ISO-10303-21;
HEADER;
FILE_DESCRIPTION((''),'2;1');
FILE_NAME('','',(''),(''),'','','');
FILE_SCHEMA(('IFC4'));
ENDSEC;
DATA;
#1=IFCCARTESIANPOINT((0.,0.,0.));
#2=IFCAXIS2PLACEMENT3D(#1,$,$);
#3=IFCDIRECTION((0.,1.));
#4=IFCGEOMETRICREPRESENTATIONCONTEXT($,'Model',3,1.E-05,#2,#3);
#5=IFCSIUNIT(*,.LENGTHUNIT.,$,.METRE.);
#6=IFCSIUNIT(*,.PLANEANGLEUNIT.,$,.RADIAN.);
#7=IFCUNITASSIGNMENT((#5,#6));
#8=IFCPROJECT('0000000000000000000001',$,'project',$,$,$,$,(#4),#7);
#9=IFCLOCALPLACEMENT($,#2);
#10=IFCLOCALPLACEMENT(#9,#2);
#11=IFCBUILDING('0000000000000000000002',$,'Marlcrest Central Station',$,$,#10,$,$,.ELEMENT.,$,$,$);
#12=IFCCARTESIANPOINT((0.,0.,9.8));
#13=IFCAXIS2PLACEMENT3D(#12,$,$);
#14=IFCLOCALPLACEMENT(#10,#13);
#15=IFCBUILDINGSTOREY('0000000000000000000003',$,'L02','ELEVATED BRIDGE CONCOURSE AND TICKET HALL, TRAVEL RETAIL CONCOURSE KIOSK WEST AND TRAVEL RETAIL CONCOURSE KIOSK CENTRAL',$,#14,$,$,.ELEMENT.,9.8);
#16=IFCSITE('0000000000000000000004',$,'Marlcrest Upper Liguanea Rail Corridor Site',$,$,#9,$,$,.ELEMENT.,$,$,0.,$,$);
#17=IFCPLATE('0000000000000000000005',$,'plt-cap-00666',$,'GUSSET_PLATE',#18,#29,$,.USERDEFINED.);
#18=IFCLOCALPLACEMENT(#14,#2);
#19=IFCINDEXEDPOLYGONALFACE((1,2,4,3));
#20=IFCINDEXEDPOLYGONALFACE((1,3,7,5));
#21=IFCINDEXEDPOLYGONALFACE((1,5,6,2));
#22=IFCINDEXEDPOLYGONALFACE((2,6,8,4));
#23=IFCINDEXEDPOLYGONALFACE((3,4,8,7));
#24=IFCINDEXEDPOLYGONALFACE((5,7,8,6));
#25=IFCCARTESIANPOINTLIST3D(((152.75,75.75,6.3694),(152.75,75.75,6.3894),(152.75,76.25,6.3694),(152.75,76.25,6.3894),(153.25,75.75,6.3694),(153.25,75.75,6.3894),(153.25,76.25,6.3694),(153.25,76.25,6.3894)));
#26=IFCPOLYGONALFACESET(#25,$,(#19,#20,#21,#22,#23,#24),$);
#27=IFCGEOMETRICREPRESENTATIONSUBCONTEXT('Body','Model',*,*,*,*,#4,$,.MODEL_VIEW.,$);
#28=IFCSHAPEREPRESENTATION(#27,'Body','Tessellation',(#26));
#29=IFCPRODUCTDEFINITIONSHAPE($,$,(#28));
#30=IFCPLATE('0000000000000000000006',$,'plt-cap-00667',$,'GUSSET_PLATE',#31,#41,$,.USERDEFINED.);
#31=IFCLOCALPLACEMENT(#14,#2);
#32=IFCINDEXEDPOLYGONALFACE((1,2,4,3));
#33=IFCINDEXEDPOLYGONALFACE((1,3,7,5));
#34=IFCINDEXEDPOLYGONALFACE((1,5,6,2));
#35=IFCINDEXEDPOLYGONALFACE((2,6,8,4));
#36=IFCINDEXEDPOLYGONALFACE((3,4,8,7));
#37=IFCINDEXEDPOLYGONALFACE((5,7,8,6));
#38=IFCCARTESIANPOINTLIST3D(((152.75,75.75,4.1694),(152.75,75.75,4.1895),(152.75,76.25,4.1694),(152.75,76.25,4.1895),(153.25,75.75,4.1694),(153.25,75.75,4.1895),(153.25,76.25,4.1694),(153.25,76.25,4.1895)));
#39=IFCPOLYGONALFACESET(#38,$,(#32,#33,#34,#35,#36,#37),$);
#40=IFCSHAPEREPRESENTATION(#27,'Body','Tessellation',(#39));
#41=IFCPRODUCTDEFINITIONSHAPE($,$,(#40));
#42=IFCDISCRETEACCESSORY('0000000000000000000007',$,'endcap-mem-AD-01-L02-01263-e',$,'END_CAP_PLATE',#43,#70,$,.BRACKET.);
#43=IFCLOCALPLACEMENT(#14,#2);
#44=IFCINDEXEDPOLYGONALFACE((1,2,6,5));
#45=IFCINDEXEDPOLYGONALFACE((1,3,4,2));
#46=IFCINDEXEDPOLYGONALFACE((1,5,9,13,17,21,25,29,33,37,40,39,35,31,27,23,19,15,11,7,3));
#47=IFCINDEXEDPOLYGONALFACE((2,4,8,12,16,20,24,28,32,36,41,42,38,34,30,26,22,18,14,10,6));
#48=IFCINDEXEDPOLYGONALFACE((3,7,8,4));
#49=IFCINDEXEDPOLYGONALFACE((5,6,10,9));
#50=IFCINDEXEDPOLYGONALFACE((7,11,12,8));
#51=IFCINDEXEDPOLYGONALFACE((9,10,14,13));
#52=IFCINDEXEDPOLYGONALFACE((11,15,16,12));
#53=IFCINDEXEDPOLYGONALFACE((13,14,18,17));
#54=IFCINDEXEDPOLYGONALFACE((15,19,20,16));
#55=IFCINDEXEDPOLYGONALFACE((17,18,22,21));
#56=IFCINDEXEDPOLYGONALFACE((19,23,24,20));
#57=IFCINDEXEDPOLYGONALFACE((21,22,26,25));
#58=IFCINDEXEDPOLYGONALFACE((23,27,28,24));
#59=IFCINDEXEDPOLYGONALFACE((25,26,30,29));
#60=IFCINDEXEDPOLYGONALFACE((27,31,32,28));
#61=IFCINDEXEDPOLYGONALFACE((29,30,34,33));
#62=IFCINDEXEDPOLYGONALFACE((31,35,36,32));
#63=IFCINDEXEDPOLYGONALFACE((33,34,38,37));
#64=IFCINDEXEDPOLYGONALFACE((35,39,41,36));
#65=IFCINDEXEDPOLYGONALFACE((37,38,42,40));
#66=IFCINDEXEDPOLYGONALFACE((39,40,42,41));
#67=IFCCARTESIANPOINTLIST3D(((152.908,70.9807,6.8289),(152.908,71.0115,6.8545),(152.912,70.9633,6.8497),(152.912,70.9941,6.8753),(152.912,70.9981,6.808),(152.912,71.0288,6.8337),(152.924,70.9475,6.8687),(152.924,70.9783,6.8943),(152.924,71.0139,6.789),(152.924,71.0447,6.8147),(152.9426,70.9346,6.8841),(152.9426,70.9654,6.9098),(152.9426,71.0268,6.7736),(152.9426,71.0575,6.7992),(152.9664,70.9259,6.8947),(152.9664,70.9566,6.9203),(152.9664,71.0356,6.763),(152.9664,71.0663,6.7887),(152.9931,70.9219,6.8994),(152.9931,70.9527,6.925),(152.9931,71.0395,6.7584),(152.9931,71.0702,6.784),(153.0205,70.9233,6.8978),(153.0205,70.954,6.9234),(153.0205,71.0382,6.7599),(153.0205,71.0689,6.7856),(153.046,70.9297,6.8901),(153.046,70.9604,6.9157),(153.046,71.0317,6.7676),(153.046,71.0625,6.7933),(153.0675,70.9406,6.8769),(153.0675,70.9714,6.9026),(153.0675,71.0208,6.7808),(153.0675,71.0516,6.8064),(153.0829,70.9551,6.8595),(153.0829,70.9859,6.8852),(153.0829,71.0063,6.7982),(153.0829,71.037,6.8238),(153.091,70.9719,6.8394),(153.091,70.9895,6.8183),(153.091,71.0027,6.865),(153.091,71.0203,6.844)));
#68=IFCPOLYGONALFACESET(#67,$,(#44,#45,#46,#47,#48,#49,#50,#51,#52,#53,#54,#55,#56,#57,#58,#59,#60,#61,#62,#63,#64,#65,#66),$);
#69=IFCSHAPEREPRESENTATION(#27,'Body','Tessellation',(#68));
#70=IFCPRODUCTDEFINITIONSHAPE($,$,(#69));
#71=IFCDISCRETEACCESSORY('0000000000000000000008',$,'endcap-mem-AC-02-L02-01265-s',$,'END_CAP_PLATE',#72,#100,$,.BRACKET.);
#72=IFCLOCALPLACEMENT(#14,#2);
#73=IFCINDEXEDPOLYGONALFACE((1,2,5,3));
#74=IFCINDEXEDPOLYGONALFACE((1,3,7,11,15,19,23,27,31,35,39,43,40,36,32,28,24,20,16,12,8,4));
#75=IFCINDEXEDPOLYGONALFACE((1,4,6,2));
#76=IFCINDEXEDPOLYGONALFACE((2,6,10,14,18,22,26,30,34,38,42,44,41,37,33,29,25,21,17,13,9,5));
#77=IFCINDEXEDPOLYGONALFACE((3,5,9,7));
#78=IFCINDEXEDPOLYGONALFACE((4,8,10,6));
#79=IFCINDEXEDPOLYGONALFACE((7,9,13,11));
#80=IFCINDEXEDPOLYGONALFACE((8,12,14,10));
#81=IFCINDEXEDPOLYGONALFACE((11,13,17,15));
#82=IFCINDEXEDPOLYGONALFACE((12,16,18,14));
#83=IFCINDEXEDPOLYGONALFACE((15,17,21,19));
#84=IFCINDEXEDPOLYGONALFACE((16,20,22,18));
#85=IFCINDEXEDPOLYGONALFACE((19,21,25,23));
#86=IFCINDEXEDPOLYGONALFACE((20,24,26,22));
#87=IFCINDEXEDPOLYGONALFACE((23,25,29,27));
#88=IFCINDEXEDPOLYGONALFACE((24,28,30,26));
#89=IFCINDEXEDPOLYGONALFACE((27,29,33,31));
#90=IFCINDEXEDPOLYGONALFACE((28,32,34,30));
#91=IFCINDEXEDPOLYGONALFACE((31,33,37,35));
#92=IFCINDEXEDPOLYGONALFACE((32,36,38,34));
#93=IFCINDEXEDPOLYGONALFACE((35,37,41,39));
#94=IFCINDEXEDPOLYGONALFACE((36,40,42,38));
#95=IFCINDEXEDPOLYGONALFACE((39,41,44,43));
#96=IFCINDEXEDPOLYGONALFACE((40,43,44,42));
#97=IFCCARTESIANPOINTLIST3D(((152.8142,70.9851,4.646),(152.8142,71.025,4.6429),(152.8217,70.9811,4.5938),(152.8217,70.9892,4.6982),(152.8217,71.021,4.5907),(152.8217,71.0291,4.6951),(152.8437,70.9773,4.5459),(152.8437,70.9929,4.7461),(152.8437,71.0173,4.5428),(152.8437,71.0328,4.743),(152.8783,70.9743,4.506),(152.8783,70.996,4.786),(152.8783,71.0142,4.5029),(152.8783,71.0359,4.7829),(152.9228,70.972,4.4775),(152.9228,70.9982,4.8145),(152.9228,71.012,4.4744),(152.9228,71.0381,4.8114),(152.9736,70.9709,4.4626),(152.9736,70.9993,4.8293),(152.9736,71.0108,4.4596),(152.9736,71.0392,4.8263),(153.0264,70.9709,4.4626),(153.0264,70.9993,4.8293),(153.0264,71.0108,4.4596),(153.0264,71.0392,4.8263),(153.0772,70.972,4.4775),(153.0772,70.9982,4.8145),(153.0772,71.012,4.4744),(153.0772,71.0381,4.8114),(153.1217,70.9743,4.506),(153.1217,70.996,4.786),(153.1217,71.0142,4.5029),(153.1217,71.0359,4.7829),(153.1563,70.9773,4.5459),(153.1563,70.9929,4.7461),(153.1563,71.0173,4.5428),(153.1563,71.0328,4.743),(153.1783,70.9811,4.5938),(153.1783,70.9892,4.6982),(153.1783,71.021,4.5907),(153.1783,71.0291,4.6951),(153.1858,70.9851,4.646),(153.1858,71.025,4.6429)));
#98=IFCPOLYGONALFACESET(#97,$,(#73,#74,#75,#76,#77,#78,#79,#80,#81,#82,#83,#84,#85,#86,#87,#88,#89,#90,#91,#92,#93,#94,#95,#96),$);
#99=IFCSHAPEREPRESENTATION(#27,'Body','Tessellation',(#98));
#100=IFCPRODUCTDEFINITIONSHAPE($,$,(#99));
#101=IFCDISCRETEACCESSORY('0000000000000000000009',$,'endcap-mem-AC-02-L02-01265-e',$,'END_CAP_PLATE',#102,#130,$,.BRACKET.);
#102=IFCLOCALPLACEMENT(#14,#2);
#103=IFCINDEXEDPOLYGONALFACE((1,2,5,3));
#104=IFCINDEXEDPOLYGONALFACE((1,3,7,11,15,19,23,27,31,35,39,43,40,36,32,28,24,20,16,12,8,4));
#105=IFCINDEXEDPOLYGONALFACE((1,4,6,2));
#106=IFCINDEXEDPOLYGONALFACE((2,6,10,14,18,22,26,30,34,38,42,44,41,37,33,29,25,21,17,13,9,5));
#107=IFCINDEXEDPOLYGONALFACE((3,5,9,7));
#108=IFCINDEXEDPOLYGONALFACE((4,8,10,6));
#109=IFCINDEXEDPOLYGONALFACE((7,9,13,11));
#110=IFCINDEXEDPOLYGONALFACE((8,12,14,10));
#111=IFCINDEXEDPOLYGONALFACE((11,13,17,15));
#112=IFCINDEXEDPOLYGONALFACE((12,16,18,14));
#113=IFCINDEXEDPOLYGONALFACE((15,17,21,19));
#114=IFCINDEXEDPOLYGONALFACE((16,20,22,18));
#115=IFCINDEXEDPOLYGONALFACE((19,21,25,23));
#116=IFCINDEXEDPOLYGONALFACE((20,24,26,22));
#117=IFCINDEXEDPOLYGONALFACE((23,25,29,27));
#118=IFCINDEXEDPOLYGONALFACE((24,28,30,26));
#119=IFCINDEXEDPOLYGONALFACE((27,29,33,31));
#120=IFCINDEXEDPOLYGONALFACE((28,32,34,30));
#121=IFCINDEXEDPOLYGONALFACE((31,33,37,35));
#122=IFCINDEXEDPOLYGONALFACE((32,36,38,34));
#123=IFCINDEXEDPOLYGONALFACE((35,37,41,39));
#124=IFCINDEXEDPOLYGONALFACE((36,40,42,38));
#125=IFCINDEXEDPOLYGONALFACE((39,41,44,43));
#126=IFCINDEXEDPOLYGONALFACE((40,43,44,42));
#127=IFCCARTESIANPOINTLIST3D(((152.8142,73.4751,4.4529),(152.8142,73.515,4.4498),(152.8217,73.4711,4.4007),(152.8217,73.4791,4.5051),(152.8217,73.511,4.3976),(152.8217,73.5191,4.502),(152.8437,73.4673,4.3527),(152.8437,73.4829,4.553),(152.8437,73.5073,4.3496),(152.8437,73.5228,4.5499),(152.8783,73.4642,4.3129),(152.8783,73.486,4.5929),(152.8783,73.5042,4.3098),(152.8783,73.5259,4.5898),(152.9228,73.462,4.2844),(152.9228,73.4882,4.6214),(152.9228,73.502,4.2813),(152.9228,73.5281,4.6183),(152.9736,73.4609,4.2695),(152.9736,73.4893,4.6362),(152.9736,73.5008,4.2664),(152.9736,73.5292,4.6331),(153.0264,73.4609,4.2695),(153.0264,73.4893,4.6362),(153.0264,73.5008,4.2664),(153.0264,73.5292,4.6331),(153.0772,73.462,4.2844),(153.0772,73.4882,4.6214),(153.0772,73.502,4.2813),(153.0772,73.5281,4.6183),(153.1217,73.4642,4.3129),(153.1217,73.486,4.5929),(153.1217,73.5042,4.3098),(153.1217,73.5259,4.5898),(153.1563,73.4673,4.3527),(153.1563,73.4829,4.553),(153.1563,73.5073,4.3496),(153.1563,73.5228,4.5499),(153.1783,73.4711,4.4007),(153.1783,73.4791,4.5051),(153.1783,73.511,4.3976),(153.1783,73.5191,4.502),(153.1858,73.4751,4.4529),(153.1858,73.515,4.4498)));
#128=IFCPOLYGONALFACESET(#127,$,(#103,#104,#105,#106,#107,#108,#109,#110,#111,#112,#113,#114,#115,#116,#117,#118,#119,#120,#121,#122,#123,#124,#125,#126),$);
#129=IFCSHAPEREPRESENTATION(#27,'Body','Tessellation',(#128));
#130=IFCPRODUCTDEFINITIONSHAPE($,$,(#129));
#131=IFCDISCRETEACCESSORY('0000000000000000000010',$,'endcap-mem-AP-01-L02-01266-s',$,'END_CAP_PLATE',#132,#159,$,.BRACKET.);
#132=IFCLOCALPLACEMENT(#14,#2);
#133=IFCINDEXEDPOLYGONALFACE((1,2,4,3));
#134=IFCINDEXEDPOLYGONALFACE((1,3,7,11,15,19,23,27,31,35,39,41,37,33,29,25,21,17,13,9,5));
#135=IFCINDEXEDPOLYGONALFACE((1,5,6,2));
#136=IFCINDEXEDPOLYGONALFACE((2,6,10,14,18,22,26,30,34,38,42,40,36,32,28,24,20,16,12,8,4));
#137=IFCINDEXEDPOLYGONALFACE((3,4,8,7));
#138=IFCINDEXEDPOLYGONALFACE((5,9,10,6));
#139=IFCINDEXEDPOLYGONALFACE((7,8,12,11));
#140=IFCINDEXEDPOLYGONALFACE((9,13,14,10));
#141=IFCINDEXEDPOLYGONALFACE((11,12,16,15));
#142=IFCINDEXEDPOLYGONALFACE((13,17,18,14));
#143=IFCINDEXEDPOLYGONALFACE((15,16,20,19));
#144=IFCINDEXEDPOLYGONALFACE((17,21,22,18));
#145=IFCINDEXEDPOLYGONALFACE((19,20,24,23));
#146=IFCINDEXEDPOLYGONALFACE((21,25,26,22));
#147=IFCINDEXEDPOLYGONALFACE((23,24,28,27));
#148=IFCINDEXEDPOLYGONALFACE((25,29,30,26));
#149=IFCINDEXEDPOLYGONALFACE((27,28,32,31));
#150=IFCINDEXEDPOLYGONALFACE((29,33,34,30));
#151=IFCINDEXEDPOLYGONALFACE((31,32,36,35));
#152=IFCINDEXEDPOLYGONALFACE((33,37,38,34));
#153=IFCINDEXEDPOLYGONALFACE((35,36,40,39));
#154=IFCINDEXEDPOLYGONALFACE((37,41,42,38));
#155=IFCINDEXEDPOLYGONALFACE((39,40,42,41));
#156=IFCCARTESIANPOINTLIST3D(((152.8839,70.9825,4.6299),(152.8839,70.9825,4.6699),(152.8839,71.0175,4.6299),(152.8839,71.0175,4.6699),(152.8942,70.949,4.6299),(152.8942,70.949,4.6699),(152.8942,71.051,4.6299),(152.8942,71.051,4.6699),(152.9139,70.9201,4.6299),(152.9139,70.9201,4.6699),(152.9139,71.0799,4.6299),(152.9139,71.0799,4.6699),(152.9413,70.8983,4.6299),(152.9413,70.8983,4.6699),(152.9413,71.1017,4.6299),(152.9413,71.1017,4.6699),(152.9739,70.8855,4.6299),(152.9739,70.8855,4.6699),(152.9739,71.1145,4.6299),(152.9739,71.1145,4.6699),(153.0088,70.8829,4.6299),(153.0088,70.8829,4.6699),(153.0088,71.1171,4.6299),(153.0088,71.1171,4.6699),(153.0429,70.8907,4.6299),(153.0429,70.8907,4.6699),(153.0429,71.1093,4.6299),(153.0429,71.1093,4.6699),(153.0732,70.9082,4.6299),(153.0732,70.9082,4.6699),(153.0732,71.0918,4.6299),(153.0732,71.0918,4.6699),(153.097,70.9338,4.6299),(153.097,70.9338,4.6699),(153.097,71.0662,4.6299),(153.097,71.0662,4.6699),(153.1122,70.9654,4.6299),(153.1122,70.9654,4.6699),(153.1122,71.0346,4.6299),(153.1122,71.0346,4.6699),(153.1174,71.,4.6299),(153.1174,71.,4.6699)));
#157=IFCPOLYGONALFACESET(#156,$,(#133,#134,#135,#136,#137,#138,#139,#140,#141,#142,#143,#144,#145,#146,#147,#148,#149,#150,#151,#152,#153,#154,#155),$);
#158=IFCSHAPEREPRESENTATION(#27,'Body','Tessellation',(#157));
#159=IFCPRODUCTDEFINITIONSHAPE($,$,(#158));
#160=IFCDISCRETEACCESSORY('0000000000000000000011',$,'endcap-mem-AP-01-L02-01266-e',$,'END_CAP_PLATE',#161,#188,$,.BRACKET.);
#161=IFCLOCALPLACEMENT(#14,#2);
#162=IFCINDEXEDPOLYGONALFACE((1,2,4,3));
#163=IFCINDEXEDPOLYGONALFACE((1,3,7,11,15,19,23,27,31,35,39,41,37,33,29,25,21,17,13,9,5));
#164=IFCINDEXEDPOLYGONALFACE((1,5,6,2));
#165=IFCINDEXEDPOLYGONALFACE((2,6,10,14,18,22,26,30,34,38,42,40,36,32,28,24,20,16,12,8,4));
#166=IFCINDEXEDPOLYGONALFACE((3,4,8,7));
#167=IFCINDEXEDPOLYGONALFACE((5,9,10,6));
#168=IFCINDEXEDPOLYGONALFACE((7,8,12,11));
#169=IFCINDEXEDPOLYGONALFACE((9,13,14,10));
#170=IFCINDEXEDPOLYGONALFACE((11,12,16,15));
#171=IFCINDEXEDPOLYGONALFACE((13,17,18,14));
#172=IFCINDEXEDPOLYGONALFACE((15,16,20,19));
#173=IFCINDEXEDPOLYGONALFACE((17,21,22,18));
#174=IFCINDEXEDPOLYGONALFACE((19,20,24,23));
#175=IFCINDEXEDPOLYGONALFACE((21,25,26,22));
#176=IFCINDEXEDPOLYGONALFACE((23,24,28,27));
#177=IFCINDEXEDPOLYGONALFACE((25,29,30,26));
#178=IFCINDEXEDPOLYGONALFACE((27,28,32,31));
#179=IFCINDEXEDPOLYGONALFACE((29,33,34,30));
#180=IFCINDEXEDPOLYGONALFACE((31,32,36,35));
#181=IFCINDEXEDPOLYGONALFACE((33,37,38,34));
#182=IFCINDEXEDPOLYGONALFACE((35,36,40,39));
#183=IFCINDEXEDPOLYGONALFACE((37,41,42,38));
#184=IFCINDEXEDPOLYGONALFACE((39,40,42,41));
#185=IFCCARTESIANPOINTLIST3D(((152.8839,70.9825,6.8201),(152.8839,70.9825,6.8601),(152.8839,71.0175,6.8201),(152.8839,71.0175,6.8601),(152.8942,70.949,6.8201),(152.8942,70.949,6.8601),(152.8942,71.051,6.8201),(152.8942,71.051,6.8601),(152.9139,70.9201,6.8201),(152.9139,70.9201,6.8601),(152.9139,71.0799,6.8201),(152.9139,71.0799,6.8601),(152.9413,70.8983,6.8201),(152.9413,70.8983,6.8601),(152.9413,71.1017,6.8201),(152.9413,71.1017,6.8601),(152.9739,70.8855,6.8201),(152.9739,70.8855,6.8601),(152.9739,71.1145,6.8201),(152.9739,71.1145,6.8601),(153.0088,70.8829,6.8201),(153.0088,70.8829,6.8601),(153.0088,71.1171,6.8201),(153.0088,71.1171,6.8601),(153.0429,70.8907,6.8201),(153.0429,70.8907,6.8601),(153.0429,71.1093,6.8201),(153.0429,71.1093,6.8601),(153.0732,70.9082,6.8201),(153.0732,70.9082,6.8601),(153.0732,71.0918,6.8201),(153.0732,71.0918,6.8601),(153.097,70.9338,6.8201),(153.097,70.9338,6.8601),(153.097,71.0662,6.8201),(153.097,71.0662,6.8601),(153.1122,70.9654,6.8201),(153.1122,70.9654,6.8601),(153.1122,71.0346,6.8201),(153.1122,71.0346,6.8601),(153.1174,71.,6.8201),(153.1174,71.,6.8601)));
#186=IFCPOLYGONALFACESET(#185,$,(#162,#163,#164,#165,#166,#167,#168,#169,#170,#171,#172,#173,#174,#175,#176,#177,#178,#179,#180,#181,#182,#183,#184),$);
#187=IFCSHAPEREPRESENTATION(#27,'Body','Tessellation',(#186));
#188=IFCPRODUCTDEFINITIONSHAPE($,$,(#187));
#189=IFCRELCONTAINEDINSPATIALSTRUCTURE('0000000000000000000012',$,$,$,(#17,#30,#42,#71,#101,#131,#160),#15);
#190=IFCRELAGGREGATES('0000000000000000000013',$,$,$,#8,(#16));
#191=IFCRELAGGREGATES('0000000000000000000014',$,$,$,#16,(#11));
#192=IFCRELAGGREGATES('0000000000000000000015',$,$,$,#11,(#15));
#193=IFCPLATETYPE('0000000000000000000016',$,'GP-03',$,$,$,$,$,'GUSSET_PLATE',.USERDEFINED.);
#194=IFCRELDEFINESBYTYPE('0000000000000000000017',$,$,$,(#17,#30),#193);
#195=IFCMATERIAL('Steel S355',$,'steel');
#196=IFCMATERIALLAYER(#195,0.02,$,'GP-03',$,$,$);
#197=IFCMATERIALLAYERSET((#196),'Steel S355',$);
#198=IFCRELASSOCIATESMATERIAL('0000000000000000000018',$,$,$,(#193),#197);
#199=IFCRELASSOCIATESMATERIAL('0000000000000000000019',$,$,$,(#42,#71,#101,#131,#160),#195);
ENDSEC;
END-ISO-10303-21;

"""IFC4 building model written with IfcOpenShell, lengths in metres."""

from ifc_helpers import new_model, si_unit, direction, frame, origin, origin_2d, place, context, subcontext, project, spatial, rectangle, circle, extrude, material, layer, layer_set, type_object, element, save


model = new_model("IFC4")

# Units and contexts
model_context = context("Model", 3, precision=1e-05, world=origin(), true_north=direction((0.0, 1.0)))
body_context = subcontext(model_context, "Body", "Model", "MODEL_VIEW")
ifc_project = project(units=[si_unit("LENGTHUNIT", "METRE"), si_unit("PLANEANGLEUNIT", "RADIAN")], contexts=[model_context])

# Site, building, storey
site_placement = place(None, origin())
site = spatial("IfcSite", under=ifc_project, at=site_placement, Name="Marlcrest Upper Liguanea Rail Corridor Site", CompositionType="ELEMENT", RefElevation=0.0)
building_placement = place(site_placement, origin())
building = spatial("IfcBuilding", under=site, at=building_placement, Name="Marlcrest Central Station", CompositionType="ELEMENT")
storey_placement = place(building_placement, frame((0.0, 0.0, 9.8)))
storey = spatial("IfcBuildingStorey", under=building, at=storey_placement, Name="L02", Description="ELEVATED BRIDGE CONCOURSE AND TICKET HALL, TRAVEL RETAIL CONCOURSE KIOSK WEST AND TRAVEL RETAIL CONCOURSE KIOSK CENTRAL", CompositionType="ELEMENT", Elevation=9.8)

# Shared definitions
ifc_material = material(Name="Steel S355", Category="steel")

# Plates
ifc_layer = layer(ifc_material, 0.02, Name="GP-03")
ifc_layer_set = layer_set([ifc_layer], Name="Steel S355")
plate_type = type_object("IfcPlateType", Name="GP-03", ElementType="GUSSET_PLATE", PredefinedType="USERDEFINED", material=ifc_layer_set)
for number, where, z_axis, x_axis, name in (
    (1, (153.0, 76.0, 6.3694), (0.0, 0.0, 1.0), (1.0, 0.0, 0.0), "plt-cap-00666"),
    (2, (153.0, 76.0, 4.1694), (0.0, 0.0, 1.0), (1.0, 0.0, 0.0), "plt-cap-00667"),
):
    element("IfcPlate", number, at=place(storey_placement, frame(where, z_axis=z_axis, x_axis=x_axis)), inside=storey, type_object=plate_type, Name=name, ObjectType="GUSSET_PLATE", PredefinedType="USERDEFINED", context=body_context, shape_type="SweptSolid", body=[
        extrude(rectangle(XDim=0.5, YDim=0.5, at=origin_2d()), origin(), (0.0, 0.0, 1.0), 0.02),
    ])

# Discrete accessories
discrete_accessory_1_placement = place(storey_placement, frame((153.0, 70.9807, 6.8289), z_axis=(0.0, 0.76816, 0.640258), x_axis=(-1.0, 0.0, 0.0)))
element("IfcDiscreteAccessory", 3, at=discrete_accessory_1_placement, inside=storey, material=ifc_material, Name="endcap-mem-AD-01-L02-01263-e", ObjectType="END_CAP_PLATE", PredefinedType="BRACKET", context=body_context, shape_type="SweptSolid", body=[
    extrude(circle(Radius=0.092, at=origin_2d()), origin(), (0.0, 0.0, 1.0), 0.04),
])
for number, where, z_axis, x_axis, name in (
    (4, (153.0, 70.9851, 4.646), (0.0, 0.997007, -0.077307), (-1.0, 0.0, 0.0), "endcap-mem-AC-02-L02-01265-s"),
    (5, (153.0, 73.4751, 4.4529), (0.0, 0.997007, -0.077307), (-1.0, 0.0, 0.0), "endcap-mem-AC-02-L02-01265-e"),
):
    element("IfcDiscreteAccessory", number, at=place(storey_placement, frame(where, z_axis=z_axis, x_axis=x_axis)), inside=storey, material=ifc_material, Name=name, ObjectType="END_CAP_PLATE", PredefinedType="BRACKET", context=body_context, shape_type="SweptSolid", body=[
        extrude(circle(Radius=0.1858, at=origin_2d()), origin(), (0.0, 0.0, 1.0), 0.04),
    ])
for number, where, z_axis, x_axis, name in (
    (6, (153.0, 71.0, 4.6299), (0.0, 0.0, 1.0), (1.0, 0.0, 0.0), "endcap-mem-AP-01-L02-01266-s"),
    (7, (153.0, 71.0, 6.8201), (0.0, 0.0, 1.0), (1.0, 0.0, 0.0), "endcap-mem-AP-01-L02-01266-e"),
):
    element("IfcDiscreteAccessory", number, at=place(storey_placement, frame(where, z_axis=z_axis, x_axis=x_axis)), inside=storey, material=ifc_material, Name=name, ObjectType="END_CAP_PLATE", PredefinedType="BRACKET", context=body_context, shape_type="SweptSolid", body=[
        extrude(circle(Radius=0.1174, at=origin_2d()), origin(), (0.0, 0.0, 1.0), 0.04),
    ])

save(model, "model.ifc")
